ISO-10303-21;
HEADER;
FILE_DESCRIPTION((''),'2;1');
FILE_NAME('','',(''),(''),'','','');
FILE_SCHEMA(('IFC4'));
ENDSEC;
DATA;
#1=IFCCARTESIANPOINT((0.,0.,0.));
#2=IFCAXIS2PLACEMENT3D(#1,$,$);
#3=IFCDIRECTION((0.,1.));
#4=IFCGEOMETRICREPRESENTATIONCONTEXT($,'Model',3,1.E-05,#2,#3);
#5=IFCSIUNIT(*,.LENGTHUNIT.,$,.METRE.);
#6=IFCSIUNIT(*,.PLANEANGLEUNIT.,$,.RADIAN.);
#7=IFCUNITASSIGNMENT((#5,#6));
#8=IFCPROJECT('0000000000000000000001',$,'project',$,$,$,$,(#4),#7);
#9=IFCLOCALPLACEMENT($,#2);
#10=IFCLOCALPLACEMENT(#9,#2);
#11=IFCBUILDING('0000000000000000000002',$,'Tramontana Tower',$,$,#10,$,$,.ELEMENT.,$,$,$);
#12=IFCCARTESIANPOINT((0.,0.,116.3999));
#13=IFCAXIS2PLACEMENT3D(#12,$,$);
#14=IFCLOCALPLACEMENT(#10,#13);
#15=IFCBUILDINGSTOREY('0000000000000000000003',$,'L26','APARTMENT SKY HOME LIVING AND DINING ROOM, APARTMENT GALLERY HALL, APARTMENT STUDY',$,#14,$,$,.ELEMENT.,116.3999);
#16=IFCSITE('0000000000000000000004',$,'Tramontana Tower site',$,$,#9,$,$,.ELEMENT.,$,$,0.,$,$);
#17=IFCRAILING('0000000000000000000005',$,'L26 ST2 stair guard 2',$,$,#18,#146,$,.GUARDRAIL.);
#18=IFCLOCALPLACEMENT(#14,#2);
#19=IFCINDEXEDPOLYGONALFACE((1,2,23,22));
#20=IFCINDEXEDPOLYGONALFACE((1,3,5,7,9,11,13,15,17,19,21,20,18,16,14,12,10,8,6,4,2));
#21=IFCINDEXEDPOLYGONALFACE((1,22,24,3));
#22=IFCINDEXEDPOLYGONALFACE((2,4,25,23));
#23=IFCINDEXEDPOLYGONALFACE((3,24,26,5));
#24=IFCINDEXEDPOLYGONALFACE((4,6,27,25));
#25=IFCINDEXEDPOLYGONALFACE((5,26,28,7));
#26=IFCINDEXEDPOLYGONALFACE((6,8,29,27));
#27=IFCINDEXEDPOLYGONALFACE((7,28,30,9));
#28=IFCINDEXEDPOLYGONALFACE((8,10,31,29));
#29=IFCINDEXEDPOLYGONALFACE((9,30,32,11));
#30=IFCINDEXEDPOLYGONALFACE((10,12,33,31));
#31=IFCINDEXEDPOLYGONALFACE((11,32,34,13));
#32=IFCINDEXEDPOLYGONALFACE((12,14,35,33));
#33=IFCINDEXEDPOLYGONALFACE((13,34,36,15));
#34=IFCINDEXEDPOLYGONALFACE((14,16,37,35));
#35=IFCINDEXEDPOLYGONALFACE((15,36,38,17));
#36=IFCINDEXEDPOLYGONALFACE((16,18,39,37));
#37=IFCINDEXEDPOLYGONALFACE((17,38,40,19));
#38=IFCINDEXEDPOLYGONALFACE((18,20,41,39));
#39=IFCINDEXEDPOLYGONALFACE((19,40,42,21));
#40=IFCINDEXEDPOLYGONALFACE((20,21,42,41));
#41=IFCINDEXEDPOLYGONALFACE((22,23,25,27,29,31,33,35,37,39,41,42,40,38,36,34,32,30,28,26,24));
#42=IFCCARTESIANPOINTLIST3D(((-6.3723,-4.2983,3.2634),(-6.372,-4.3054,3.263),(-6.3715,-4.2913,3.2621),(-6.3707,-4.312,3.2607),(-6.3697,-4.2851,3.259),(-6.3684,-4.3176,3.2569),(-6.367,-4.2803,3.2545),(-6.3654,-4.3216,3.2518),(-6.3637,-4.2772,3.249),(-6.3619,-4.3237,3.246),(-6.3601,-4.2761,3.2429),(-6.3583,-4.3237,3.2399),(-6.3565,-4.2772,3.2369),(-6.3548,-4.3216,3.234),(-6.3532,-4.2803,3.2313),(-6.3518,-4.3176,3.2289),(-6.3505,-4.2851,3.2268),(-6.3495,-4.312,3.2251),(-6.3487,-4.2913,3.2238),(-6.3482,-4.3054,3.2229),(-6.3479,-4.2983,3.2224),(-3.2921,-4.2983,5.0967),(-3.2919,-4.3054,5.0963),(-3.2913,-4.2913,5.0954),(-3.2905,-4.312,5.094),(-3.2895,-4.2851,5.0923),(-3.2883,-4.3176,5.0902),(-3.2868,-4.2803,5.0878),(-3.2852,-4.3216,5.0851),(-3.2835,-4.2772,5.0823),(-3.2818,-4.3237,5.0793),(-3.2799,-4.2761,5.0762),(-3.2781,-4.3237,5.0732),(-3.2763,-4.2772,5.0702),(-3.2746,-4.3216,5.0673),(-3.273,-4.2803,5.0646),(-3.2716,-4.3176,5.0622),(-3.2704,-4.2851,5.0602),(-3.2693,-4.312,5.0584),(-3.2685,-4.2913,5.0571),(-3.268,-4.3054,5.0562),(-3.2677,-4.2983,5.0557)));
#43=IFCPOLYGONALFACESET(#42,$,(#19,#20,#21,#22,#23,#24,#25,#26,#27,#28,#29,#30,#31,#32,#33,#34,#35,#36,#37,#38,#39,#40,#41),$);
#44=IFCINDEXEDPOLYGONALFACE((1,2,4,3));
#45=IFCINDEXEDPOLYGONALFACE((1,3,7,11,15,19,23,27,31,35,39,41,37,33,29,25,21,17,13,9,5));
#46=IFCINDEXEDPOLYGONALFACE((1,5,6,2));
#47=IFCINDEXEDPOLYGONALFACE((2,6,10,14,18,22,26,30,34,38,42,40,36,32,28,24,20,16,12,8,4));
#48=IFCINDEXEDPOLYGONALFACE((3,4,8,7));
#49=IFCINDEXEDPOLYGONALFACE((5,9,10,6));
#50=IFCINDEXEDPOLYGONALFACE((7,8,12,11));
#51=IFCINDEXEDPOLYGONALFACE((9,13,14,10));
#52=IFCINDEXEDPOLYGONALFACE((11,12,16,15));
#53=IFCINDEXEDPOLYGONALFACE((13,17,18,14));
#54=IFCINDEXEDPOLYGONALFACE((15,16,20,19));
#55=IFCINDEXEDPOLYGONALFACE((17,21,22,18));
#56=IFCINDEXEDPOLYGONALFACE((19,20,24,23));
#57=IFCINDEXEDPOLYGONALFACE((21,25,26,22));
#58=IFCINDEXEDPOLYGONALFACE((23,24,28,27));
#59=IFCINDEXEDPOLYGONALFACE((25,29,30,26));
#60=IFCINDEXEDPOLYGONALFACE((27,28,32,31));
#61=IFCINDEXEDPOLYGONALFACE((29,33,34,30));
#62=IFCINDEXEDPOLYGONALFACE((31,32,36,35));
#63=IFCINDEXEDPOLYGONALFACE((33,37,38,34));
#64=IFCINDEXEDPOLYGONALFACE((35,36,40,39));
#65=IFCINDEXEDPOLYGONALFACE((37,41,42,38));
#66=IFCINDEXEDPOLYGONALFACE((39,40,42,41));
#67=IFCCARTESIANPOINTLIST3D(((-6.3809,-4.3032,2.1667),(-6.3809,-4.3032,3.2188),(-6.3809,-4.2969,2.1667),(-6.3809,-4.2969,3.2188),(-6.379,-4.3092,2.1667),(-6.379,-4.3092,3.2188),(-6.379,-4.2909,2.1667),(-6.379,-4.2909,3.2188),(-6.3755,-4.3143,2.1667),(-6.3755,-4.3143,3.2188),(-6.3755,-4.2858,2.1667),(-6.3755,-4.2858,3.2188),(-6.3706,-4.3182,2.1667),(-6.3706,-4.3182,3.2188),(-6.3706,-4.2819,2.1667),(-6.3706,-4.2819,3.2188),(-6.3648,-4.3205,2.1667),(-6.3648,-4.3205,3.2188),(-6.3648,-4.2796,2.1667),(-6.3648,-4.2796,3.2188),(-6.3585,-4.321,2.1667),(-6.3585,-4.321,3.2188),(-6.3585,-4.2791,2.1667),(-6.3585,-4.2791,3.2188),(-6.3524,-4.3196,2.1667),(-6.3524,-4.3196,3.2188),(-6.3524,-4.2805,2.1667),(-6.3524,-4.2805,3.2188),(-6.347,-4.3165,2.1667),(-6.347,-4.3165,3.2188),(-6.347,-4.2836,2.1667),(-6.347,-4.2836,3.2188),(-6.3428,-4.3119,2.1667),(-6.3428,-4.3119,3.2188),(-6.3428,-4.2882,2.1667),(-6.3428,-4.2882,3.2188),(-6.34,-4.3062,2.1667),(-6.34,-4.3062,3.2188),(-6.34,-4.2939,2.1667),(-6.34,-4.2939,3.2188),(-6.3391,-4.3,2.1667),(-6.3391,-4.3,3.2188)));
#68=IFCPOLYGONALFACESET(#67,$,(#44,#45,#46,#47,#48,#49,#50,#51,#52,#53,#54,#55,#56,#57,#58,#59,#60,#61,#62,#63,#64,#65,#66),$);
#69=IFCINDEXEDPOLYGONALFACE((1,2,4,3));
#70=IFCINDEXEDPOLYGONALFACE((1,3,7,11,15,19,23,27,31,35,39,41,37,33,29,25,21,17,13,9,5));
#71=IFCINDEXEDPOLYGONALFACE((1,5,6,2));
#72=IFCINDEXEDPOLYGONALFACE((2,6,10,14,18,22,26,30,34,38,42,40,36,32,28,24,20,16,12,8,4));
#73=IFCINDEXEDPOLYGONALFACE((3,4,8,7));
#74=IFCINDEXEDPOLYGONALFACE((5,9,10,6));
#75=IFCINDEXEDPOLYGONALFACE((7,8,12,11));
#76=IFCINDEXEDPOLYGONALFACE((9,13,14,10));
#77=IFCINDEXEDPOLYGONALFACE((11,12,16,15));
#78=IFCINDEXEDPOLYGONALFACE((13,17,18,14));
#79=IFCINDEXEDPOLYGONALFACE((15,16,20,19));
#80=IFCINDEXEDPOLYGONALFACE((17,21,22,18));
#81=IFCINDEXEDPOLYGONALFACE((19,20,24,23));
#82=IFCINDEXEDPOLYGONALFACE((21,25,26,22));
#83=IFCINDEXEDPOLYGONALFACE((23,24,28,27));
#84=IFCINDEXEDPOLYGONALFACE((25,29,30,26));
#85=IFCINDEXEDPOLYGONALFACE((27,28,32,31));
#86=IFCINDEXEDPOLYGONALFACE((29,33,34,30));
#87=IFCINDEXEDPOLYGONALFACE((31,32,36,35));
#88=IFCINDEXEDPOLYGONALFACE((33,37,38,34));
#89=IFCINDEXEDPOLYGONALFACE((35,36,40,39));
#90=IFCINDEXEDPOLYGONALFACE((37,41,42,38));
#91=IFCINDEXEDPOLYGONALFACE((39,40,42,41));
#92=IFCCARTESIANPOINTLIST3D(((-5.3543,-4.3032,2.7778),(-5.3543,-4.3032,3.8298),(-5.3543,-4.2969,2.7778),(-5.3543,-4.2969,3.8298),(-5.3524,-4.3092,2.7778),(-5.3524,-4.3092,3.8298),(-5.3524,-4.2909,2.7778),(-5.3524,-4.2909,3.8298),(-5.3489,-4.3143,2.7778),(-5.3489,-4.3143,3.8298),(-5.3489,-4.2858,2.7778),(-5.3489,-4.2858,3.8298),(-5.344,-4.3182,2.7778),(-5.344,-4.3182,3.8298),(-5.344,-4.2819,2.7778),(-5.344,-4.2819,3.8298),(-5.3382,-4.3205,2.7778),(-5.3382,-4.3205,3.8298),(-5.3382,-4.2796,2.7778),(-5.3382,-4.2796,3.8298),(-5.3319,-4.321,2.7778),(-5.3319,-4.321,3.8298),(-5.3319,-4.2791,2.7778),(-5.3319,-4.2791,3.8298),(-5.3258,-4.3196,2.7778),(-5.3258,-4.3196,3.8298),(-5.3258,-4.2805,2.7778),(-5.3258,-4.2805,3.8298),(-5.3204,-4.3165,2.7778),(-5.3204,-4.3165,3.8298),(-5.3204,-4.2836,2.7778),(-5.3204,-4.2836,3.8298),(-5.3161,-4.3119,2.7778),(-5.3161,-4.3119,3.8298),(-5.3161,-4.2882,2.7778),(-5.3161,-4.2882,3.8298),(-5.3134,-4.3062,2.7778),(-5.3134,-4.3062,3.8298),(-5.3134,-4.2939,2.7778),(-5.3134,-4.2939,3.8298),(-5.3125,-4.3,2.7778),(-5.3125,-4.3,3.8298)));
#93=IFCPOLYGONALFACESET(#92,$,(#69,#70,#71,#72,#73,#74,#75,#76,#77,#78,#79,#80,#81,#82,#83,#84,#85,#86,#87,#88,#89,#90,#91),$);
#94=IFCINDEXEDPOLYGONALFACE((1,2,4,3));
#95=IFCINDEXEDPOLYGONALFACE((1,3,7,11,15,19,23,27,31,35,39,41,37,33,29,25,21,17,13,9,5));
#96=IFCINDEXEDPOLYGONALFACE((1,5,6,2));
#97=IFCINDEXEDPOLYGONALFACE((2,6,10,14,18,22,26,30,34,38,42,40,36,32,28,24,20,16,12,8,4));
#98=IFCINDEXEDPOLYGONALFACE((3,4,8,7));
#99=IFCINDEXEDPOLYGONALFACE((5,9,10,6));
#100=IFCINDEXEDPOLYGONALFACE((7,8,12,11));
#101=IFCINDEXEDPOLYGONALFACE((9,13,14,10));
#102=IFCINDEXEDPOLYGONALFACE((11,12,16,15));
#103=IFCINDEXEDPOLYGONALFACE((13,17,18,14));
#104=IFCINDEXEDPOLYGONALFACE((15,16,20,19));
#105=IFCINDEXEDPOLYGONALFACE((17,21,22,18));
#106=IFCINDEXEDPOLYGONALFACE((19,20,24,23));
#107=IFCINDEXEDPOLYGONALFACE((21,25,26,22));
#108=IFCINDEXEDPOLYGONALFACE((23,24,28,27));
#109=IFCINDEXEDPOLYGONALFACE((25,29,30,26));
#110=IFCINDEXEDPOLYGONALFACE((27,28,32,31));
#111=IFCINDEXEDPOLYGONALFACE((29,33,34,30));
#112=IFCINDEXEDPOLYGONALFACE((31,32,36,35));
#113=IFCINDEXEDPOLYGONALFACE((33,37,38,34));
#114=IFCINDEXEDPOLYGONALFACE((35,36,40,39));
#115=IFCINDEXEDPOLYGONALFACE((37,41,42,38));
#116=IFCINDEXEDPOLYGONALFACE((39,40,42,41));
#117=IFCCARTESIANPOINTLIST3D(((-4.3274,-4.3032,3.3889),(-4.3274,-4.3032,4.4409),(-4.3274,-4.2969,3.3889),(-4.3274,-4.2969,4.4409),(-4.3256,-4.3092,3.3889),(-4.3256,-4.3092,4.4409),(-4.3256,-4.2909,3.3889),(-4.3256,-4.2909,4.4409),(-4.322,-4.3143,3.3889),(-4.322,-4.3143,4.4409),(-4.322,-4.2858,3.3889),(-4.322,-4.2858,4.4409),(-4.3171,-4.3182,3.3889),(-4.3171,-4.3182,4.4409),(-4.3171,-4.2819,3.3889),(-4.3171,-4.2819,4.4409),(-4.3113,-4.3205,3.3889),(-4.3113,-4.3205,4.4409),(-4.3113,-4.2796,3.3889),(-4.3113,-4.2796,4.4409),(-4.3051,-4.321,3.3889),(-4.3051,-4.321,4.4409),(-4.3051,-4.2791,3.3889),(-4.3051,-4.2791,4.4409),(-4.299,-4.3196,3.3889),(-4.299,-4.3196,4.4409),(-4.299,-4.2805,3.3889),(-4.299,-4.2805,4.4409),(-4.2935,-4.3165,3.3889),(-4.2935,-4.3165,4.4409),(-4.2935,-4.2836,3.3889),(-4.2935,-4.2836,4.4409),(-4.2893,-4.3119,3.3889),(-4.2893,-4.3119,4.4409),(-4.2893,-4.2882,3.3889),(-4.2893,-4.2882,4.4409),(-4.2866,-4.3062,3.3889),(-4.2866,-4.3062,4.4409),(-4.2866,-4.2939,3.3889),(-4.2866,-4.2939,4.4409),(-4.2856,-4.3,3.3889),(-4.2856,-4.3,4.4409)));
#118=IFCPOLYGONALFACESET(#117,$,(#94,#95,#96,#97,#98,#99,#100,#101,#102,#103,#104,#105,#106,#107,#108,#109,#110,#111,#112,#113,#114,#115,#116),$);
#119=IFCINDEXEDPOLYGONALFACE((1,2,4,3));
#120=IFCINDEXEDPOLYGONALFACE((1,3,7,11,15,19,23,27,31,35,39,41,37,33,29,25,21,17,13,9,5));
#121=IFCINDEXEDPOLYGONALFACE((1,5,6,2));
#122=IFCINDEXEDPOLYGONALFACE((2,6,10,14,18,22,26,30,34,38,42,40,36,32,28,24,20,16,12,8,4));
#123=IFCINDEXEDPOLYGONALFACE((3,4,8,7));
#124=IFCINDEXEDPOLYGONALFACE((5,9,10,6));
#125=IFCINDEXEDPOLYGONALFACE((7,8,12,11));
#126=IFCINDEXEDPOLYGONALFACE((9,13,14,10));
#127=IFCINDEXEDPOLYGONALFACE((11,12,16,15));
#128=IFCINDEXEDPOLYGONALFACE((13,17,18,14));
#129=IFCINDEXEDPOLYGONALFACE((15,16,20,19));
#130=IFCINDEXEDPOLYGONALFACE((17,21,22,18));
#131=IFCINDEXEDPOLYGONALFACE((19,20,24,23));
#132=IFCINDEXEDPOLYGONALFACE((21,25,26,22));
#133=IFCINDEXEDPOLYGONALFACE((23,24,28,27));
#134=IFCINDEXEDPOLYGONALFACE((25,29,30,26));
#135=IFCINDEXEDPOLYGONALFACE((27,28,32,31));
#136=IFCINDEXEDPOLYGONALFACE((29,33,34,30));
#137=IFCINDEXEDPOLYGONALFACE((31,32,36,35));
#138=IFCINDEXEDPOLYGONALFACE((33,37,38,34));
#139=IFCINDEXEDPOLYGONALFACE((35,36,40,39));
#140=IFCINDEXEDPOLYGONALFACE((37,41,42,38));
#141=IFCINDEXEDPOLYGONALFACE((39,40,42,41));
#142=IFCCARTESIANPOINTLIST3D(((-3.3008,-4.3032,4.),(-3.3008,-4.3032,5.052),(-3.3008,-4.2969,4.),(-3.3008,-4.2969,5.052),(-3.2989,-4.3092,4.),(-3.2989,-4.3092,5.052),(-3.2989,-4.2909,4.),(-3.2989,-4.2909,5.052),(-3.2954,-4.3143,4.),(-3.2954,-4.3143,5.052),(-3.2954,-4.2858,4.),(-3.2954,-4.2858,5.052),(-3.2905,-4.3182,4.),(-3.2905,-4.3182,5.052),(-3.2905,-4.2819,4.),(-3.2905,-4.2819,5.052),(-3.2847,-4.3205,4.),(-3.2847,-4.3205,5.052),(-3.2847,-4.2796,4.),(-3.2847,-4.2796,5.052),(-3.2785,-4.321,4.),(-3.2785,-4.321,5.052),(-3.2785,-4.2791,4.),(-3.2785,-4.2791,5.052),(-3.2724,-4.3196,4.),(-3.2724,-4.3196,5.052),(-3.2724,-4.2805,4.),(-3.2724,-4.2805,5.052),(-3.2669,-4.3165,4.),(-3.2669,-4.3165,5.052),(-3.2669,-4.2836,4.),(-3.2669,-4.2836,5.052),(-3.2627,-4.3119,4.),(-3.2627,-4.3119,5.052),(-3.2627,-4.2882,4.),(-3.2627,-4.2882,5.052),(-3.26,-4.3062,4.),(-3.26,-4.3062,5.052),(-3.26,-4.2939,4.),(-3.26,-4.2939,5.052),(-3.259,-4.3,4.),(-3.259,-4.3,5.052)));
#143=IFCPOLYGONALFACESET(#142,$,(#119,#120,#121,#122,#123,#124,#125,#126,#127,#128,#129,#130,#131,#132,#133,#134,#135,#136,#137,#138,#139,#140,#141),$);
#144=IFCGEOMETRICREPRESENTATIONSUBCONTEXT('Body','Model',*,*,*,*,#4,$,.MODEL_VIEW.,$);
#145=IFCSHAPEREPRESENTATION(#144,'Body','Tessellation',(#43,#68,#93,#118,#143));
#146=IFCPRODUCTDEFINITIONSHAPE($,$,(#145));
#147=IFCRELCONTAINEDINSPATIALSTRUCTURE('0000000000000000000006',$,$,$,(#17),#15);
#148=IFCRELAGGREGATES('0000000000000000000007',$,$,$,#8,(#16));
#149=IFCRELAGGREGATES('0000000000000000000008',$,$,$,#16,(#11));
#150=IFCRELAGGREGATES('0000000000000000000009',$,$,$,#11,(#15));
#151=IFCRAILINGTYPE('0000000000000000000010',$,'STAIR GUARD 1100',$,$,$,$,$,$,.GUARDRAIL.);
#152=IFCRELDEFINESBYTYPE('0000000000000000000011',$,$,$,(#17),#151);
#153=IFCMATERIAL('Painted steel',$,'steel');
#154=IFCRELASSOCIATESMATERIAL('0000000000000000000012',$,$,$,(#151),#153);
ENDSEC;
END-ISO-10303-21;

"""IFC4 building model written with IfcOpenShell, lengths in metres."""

from ifc_helpers import new_model, si_unit, direction, frame, origin, origin_2d, place, context, subcontext, project, spatial, circle, extrude, material, type_object, element, save


model = new_model("IFC4")

# Units and contexts
model_context = context("Model", 3, precision=1e-05, world=origin(), true_north=direction((0.0, 1.0)))
body_context = subcontext(model_context, "Body", "Model", "MODEL_VIEW")
ifc_project = project(units=[si_unit("LENGTHUNIT", "METRE"), si_unit("PLANEANGLEUNIT", "RADIAN")], contexts=[model_context])

# Site, building, storey
site_placement = place(None, origin())
site = spatial("IfcSite", under=ifc_project, at=site_placement, Name="Tramontana Tower site", CompositionType="ELEMENT", RefElevation=0.0)
building_placement = place(site_placement, origin())
building = spatial("IfcBuilding", under=site, at=building_placement, Name="Tramontana Tower", CompositionType="ELEMENT")
storey_placement = place(building_placement, frame((0.0, 0.0, 116.3999)))
storey = spatial("IfcBuildingStorey", under=building, at=storey_placement, Name="L26", Description="APARTMENT SKY HOME LIVING AND DINING ROOM, APARTMENT GALLERY HALL, APARTMENT STUDY", CompositionType="ELEMENT", Elevation=116.3999)

# Railing
ifc_material_1 = material(Name="Painted steel", Category="steel")
railing_type_1 = type_object("IfcRailingType", Name="STAIR GUARD 1100", PredefinedType="GUARDRAIL", material=ifc_material_1)
railing_1_placement = place(storey_placement, frame((-6.3601, -4.3, 2.1667)))
element("IfcRailing", 1, at=railing_1_placement, inside=storey, type_object=railing_type_1, Name="L26 ST2 stair guard 2", PredefinedType="GUARDRAIL", context=body_context, shape_type="SweptSolid", body=[
    extrude(circle(Radius=0.0239, at=origin_2d()), frame((0.0, 0.0, 1.0762), z_axis=(0.859309, 0.0, 0.511458), x_axis=(0.0, 1.0, 0.0)), (0.0, 0.0, 1.0), 3.5845),
    extrude(circle(Radius=0.021, at=origin_2d()), origin(), (0.0, 0.0, 1.0), 1.052),
    extrude(circle(Radius=0.021, at=origin_2d()), frame((1.0266, 0.0, 0.6111)), (0.0, 0.0, 1.0), 1.052),
    extrude(circle(Radius=0.021, at=origin_2d()), frame((2.0535, 0.0, 1.2222)), (0.0, 0.0, 1.0), 1.052),
    extrude(circle(Radius=0.021, at=origin_2d()), frame((3.0801, 0.0, 1.8333)), (0.0, 0.0, 1.0), 1.052),
])

save(model, "model.ifc")
